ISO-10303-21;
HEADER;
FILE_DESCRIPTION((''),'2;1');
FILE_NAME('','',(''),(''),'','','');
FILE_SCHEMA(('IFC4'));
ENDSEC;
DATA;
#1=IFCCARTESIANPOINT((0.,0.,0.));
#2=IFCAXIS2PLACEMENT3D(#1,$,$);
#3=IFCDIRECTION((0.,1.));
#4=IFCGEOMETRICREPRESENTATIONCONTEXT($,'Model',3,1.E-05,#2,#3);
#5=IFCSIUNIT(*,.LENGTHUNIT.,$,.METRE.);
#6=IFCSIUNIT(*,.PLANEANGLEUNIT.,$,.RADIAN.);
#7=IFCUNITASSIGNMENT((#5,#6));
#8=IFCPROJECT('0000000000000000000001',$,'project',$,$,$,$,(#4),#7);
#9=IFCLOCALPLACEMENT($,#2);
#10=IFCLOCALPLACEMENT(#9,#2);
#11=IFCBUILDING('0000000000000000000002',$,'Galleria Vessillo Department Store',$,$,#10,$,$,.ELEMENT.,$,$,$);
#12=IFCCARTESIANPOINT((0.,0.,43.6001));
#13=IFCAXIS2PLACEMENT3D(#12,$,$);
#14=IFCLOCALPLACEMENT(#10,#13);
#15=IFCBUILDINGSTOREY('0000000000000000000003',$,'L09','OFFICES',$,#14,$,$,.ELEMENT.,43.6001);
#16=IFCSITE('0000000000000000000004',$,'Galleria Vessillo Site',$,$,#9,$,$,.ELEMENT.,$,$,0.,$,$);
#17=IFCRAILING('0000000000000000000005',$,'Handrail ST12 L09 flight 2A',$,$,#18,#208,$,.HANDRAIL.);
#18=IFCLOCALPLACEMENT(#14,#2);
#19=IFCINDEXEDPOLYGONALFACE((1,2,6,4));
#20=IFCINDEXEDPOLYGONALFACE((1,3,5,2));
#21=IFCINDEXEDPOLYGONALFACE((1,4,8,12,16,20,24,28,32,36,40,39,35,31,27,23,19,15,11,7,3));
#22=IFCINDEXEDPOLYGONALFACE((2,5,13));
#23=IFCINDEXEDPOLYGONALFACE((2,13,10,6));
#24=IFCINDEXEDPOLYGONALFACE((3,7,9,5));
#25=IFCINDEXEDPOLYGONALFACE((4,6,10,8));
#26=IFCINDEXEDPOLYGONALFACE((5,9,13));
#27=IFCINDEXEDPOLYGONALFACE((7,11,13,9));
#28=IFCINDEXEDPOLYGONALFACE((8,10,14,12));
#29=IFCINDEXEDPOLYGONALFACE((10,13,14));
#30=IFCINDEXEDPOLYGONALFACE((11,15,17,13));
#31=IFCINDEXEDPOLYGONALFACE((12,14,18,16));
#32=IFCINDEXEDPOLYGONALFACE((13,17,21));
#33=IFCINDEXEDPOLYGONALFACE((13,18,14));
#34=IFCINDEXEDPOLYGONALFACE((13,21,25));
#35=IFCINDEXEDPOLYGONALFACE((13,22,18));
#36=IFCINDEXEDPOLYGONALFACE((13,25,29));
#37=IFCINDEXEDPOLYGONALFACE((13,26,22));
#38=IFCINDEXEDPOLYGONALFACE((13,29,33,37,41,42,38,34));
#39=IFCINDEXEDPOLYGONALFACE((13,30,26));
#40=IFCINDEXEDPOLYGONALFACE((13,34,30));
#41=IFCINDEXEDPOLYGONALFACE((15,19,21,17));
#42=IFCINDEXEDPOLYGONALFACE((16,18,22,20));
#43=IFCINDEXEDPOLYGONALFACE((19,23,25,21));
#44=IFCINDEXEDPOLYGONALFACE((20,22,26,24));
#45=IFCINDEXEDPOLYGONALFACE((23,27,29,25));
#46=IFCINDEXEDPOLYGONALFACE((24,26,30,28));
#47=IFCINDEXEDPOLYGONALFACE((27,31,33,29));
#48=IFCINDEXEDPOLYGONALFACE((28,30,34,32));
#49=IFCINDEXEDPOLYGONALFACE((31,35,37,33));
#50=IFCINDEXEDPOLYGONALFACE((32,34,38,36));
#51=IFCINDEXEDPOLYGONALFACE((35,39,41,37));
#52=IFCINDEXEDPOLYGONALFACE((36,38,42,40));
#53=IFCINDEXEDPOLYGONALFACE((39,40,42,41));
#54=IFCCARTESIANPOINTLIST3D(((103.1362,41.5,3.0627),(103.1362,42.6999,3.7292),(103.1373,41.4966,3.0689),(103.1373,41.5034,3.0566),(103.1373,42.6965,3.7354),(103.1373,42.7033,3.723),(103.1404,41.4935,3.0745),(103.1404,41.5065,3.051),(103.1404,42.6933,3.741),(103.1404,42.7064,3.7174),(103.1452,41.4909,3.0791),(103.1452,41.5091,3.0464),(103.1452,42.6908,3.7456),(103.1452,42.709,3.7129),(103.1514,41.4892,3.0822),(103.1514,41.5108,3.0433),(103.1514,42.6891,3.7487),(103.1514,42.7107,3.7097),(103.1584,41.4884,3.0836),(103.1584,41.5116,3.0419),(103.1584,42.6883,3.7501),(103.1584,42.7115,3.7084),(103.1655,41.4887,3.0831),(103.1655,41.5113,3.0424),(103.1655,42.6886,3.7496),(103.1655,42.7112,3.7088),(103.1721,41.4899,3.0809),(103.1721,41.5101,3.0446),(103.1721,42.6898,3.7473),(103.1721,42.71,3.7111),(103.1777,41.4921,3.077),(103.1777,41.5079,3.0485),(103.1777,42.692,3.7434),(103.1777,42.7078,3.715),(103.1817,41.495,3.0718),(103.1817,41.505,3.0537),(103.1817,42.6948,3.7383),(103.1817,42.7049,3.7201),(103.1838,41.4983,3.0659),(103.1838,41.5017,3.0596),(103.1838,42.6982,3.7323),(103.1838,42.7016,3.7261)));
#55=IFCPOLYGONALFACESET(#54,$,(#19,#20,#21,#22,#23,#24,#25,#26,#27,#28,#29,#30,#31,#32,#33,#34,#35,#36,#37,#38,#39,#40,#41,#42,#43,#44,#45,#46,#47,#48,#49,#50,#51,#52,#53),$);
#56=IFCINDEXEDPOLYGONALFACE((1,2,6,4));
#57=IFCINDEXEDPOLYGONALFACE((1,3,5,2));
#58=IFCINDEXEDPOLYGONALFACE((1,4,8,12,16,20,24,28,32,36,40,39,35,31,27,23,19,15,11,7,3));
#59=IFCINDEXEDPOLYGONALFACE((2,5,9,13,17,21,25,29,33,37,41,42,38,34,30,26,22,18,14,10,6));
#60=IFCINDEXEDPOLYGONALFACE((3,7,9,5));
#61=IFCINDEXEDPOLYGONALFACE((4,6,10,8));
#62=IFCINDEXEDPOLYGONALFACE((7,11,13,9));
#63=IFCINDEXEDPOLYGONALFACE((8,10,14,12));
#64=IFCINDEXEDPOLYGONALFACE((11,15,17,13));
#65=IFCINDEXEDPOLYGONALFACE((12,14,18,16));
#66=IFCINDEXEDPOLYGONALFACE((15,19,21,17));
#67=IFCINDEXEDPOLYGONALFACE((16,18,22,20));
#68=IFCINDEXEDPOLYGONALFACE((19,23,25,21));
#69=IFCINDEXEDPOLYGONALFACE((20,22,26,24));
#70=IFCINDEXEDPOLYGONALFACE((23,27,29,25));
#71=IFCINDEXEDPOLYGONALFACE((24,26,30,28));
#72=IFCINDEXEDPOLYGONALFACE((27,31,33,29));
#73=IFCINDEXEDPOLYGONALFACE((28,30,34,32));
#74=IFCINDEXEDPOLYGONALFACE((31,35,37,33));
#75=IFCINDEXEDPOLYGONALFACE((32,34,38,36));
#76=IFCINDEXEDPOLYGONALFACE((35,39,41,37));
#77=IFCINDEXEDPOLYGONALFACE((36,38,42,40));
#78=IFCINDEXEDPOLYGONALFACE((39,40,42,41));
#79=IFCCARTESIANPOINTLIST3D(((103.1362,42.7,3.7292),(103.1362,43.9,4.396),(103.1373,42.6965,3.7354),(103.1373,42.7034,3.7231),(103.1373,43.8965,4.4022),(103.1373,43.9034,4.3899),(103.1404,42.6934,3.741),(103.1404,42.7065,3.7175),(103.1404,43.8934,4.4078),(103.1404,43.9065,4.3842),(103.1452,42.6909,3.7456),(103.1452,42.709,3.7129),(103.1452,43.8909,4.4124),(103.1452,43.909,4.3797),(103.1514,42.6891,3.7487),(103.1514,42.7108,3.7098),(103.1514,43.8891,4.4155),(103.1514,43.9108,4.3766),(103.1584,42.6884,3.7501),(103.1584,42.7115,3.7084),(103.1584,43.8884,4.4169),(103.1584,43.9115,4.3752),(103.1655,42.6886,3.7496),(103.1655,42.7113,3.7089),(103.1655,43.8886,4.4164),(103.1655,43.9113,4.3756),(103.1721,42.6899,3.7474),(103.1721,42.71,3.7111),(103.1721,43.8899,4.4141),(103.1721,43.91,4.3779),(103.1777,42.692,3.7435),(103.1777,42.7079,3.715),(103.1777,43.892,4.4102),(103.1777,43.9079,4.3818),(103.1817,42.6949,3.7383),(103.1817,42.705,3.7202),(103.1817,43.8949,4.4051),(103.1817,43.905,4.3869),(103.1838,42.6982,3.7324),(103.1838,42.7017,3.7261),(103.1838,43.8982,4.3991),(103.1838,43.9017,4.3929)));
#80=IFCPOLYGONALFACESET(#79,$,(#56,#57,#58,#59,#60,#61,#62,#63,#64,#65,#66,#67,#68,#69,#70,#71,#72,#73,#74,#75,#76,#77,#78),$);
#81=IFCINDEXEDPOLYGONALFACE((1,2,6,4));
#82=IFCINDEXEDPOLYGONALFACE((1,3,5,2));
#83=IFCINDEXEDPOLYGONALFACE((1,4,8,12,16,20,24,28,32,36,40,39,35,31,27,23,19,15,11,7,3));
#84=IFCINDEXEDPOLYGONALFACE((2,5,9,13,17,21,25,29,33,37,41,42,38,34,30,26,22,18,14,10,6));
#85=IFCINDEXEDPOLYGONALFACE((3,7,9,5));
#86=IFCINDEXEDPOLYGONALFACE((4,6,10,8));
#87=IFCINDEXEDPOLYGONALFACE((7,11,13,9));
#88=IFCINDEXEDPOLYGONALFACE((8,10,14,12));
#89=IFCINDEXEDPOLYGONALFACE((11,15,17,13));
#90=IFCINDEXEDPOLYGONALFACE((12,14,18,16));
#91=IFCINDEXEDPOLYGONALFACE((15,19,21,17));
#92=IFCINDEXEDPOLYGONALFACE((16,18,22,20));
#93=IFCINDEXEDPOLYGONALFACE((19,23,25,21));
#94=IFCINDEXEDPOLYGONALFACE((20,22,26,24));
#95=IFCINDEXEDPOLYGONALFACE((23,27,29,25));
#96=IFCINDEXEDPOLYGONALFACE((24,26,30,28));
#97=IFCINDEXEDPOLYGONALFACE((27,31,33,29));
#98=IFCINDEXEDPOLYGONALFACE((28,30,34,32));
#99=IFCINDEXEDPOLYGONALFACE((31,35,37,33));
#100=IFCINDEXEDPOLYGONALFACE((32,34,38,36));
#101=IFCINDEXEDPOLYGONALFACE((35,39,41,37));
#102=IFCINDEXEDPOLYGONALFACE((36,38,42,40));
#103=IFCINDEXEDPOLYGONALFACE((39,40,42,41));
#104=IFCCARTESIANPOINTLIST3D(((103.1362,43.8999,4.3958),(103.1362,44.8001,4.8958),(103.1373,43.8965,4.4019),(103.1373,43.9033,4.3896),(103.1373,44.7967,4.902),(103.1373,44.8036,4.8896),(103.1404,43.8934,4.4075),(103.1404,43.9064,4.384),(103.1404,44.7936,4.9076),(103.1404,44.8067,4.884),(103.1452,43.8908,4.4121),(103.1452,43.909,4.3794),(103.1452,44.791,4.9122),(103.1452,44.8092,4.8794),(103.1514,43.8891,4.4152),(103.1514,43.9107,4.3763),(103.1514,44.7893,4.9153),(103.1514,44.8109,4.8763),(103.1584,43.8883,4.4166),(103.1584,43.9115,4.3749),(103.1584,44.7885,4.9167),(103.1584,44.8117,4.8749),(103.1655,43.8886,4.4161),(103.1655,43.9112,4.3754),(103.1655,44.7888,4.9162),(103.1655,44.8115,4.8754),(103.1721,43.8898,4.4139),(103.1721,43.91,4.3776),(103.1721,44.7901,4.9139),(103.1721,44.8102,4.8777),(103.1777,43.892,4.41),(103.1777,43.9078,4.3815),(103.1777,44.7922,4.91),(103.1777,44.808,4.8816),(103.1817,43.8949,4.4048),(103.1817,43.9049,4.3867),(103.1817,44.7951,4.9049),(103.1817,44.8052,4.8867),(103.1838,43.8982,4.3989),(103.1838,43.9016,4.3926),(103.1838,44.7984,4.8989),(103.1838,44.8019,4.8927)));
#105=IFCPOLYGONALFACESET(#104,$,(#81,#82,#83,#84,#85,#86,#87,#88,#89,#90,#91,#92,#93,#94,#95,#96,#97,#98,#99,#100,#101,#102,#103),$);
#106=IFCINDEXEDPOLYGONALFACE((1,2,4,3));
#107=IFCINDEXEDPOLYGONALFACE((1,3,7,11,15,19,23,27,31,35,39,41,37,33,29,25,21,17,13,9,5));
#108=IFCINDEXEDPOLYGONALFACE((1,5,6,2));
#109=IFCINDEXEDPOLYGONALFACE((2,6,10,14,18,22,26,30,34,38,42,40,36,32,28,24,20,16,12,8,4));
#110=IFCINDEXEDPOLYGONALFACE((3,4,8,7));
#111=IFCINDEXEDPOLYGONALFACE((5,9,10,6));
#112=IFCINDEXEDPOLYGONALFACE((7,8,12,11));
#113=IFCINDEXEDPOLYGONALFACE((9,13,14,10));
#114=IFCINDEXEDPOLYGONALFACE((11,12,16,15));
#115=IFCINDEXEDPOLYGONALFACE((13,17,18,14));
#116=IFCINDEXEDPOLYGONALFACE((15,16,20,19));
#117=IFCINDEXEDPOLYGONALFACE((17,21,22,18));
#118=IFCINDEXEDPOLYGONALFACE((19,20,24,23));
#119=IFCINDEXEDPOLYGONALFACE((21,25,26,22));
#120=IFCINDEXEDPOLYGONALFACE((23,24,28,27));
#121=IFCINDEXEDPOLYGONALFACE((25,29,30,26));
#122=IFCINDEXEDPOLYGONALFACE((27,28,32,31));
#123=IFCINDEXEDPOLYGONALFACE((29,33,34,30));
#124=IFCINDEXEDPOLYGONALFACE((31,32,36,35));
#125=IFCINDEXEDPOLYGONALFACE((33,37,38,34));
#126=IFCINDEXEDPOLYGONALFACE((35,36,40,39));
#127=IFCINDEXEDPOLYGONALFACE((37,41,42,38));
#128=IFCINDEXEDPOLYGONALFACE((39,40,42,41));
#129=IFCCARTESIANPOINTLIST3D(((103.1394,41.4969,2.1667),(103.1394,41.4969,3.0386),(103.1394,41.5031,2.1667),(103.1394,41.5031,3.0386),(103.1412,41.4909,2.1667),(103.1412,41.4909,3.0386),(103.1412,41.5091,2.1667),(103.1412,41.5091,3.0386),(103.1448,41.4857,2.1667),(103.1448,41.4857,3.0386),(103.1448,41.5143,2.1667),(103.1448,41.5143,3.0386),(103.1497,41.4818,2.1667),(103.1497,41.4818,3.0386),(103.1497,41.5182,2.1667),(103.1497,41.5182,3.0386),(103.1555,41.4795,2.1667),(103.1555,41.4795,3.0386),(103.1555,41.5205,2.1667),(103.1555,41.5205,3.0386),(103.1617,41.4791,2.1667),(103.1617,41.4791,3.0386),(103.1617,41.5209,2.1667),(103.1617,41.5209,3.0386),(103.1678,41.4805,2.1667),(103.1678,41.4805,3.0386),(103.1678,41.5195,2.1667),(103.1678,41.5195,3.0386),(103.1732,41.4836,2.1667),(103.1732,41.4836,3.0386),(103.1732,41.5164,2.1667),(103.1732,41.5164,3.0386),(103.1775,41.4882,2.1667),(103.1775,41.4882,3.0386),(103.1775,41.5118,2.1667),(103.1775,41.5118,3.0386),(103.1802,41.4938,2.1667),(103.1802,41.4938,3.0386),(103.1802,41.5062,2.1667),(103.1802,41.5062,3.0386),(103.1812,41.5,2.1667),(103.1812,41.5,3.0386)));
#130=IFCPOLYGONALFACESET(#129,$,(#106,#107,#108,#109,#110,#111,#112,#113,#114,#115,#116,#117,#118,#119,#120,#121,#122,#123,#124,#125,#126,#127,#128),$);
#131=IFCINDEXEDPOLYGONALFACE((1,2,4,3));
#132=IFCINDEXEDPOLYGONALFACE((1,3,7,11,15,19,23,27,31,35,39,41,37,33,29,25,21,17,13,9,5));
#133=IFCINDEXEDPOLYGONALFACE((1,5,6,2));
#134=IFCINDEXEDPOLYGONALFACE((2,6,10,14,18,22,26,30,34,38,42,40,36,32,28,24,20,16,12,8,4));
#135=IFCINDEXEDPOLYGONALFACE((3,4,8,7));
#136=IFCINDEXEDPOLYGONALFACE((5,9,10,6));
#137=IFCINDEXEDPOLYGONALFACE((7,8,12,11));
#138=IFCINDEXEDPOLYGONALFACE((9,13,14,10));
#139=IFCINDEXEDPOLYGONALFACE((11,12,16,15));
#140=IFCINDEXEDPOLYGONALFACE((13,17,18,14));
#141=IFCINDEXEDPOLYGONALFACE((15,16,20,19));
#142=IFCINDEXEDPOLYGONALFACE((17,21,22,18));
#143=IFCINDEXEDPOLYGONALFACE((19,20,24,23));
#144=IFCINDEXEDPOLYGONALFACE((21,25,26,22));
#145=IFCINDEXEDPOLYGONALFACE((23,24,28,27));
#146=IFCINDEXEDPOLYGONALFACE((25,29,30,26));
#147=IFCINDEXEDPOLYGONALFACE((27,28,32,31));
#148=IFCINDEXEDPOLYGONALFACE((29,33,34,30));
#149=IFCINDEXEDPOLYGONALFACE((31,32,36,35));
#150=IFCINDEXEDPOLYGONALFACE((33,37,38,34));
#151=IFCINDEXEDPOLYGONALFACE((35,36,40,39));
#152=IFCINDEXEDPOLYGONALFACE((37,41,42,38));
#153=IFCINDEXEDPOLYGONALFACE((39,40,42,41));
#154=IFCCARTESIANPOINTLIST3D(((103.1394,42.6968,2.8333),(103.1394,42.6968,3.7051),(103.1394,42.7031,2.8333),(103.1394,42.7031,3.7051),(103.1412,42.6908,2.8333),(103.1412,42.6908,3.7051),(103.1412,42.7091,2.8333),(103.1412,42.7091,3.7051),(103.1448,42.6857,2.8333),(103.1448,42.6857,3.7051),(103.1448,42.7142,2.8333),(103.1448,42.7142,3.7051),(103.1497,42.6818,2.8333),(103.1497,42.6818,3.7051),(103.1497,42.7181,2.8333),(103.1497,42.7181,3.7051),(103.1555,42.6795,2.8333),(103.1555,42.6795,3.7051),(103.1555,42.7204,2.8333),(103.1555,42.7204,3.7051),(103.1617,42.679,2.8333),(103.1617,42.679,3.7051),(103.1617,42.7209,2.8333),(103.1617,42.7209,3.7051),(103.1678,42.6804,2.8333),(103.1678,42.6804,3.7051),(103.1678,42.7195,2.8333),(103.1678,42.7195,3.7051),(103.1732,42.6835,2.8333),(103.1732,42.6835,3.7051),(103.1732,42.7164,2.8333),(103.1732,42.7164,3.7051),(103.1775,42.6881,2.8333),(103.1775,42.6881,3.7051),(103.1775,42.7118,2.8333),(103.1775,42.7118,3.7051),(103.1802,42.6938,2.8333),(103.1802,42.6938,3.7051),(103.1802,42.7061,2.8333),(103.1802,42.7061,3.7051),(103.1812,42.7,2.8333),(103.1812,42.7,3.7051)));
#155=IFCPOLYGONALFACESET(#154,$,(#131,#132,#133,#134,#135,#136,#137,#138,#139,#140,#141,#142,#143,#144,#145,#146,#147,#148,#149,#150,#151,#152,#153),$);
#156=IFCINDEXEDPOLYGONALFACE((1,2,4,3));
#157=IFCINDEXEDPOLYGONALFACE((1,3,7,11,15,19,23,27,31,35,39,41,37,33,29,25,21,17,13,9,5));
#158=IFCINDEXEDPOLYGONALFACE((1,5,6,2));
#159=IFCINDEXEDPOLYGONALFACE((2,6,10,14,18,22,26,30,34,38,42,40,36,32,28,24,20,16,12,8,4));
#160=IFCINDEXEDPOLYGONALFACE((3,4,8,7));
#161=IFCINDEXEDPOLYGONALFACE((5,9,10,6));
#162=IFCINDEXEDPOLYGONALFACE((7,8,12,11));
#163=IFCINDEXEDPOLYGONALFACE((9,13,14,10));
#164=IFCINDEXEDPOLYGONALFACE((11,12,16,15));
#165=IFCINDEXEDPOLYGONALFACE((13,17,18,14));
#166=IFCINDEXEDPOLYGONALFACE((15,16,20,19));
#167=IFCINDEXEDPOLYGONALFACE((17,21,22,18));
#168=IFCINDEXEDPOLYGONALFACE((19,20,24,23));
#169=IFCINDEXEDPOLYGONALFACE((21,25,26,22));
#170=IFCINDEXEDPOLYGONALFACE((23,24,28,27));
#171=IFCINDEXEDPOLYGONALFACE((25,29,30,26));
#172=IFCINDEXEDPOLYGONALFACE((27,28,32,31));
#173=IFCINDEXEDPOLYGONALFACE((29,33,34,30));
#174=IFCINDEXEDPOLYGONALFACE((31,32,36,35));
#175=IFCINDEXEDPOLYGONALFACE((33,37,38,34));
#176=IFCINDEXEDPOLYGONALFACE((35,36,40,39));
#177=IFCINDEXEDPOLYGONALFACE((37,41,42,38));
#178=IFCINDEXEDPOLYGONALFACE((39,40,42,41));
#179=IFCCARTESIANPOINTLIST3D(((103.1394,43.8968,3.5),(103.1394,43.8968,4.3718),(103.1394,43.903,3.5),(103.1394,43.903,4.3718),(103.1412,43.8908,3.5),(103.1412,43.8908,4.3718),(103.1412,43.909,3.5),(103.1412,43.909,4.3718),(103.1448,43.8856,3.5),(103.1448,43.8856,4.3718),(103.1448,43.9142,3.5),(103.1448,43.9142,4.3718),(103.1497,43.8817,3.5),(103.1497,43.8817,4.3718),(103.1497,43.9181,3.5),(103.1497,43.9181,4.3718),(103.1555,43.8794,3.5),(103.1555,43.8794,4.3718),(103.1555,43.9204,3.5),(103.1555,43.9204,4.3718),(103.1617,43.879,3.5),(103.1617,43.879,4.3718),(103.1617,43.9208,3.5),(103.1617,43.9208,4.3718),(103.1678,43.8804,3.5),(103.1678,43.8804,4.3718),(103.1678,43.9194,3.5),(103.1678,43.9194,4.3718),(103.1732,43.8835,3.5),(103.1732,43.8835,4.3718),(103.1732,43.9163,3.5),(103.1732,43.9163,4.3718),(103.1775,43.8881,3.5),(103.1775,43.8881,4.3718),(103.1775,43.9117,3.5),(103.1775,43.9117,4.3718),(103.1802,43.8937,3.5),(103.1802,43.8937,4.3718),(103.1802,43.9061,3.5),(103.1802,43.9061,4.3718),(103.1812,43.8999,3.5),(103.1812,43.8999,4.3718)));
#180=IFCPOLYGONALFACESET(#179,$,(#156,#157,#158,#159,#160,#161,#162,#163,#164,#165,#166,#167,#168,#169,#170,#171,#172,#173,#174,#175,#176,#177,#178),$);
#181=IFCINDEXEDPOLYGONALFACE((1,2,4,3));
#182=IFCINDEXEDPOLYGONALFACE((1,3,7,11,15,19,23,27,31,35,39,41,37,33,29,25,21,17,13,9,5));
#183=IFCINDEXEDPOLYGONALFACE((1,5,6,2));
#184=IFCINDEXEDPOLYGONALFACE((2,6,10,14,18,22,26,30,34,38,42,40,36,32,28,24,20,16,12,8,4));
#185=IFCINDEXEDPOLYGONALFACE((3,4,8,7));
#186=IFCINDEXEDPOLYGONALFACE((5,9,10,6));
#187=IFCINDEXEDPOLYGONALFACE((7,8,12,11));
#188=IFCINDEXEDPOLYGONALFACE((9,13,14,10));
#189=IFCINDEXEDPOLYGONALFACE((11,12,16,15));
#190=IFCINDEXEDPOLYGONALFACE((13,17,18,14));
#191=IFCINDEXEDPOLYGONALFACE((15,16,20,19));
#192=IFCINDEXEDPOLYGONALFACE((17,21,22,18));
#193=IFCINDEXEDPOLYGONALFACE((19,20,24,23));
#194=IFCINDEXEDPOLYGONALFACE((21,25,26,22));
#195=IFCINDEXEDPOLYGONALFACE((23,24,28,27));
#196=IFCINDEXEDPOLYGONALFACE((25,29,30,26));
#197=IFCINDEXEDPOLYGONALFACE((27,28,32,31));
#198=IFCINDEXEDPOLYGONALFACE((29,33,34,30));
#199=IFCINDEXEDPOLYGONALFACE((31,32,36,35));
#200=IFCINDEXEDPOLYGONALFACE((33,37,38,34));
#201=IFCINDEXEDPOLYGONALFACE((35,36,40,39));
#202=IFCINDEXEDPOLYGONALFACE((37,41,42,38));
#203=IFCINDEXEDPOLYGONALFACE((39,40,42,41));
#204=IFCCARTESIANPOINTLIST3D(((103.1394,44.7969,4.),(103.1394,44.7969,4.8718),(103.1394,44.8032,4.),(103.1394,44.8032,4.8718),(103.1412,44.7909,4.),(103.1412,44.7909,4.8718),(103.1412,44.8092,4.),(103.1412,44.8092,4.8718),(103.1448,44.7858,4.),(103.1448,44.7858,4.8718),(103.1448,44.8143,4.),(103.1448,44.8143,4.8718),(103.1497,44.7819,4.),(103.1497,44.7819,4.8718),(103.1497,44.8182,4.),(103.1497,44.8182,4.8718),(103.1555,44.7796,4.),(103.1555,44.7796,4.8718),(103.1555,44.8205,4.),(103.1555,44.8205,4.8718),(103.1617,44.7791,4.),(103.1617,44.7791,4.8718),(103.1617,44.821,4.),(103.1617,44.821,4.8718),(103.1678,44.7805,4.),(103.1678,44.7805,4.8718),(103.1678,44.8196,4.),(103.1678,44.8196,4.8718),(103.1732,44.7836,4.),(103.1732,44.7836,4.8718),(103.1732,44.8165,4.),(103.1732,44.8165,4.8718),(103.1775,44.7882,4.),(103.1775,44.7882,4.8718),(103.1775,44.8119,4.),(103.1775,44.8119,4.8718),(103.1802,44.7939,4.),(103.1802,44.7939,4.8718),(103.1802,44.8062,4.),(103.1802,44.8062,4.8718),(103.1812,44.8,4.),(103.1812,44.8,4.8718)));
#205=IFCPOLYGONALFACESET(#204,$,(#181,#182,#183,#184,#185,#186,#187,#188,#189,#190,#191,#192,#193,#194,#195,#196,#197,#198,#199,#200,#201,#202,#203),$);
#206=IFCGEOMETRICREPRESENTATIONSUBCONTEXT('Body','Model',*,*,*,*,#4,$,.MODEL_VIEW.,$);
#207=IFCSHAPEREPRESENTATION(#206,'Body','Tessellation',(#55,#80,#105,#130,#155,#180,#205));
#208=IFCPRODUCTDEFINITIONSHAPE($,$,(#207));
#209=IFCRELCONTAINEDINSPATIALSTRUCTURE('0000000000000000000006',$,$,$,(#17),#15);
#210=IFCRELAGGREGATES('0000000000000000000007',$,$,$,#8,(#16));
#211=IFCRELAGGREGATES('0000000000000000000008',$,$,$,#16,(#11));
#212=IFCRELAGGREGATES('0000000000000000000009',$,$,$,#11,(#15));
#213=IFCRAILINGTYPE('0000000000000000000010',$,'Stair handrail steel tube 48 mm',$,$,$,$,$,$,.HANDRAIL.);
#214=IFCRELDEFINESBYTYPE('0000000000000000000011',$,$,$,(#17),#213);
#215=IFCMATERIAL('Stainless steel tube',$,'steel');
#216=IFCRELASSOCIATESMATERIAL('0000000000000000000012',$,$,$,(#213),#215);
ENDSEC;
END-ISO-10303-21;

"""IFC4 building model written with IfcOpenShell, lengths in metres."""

from ifc_helpers import new_model, si_unit, direction, frame, origin, origin_2d, place, context, subcontext, project, spatial, circle, extrude, material, type_object, element, save


model = new_model("IFC4")

# Units and contexts
model_context = context("Model", 3, precision=1e-05, world=origin(), true_north=direction((0.0, 1.0)))
body_context = subcontext(model_context, "Body", "Model", "MODEL_VIEW")
ifc_project = project(units=[si_unit("LENGTHUNIT", "METRE"), si_unit("PLANEANGLEUNIT", "RADIAN")], contexts=[model_context])

# Site, building, storey
site_placement = place(None, origin())
site = spatial("IfcSite", under=ifc_project, at=site_placement, Name="Galleria Vessillo Site", CompositionType="ELEMENT", RefElevation=0.0)
building_placement = place(site_placement, origin())
building = spatial("IfcBuilding", under=site, at=building_placement, Name="Galleria Vessillo Department Store", CompositionType="ELEMENT")
storey_placement = place(building_placement, frame((0.0, 0.0, 43.6001)))
storey = spatial("IfcBuildingStorey", under=building, at=storey_placement, Name="L09", Description="OFFICES", CompositionType="ELEMENT", Elevation=43.6001)

# Railing
ifc_material_1 = material(Name="Stainless steel tube", Category="steel")
railing_type = type_object("IfcRailingType", Name="Stair handrail steel tube 48 mm", PredefinedType="HANDRAIL", material=ifc_material_1)
railing_placement = place(storey_placement, frame((103.1602, 41.5, 2.1667)))
element("IfcRailing", 1, at=railing_placement, inside=storey, type_object=railing_type, Name="Handrail ST12 L09 flight 2A", PredefinedType="HANDRAIL", context=body_context, shape_type="SweptSolid", body=[
    extrude(circle(Radius=0.0239, at=origin_2d()), frame((0.0, 0.0, 0.896), z_axis=(0.0, 0.874199, 0.485567), x_axis=(-1.0, 0.0, 0.0)), (0.0, 0.0, 1.0), 1.3726),
    extrude(circle(Radius=0.0239, at=origin_2d()), frame((0.0, 1.2, 1.5625), z_axis=(0.0, 0.874124, 0.485703), x_axis=(-1.0, 0.0, 0.0)), (0.0, 0.0, 1.0), 1.3728),
    extrude(circle(Radius=0.0239, at=origin_2d()), frame((0.0, 2.3999, 2.229), z_axis=(0.0, 0.874191, 0.485583), x_axis=(-1.0, 0.0, 0.0)), (0.0, 0.0, 1.0), 1.0298),
    extrude(circle(Radius=0.021, at=origin_2d()), origin(), (0.0, 0.0, 1.0), 0.8718),
    extrude(circle(Radius=0.021, at=origin_2d()), frame((0.0, 1.2, 0.6665)), (0.0, 0.0, 1.0), 0.8718),
    extrude(circle(Radius=0.021, at=origin_2d()), frame((0.0, 2.3999, 1.3333)), (0.0, 0.0, 1.0), 0.8718),
    extrude(circle(Radius=0.021, at=origin_2d()), frame((0.0, 3.3, 1.8333)), (0.0, 0.0, 1.0), 0.8718),
])

save(model, "model.ifc")
